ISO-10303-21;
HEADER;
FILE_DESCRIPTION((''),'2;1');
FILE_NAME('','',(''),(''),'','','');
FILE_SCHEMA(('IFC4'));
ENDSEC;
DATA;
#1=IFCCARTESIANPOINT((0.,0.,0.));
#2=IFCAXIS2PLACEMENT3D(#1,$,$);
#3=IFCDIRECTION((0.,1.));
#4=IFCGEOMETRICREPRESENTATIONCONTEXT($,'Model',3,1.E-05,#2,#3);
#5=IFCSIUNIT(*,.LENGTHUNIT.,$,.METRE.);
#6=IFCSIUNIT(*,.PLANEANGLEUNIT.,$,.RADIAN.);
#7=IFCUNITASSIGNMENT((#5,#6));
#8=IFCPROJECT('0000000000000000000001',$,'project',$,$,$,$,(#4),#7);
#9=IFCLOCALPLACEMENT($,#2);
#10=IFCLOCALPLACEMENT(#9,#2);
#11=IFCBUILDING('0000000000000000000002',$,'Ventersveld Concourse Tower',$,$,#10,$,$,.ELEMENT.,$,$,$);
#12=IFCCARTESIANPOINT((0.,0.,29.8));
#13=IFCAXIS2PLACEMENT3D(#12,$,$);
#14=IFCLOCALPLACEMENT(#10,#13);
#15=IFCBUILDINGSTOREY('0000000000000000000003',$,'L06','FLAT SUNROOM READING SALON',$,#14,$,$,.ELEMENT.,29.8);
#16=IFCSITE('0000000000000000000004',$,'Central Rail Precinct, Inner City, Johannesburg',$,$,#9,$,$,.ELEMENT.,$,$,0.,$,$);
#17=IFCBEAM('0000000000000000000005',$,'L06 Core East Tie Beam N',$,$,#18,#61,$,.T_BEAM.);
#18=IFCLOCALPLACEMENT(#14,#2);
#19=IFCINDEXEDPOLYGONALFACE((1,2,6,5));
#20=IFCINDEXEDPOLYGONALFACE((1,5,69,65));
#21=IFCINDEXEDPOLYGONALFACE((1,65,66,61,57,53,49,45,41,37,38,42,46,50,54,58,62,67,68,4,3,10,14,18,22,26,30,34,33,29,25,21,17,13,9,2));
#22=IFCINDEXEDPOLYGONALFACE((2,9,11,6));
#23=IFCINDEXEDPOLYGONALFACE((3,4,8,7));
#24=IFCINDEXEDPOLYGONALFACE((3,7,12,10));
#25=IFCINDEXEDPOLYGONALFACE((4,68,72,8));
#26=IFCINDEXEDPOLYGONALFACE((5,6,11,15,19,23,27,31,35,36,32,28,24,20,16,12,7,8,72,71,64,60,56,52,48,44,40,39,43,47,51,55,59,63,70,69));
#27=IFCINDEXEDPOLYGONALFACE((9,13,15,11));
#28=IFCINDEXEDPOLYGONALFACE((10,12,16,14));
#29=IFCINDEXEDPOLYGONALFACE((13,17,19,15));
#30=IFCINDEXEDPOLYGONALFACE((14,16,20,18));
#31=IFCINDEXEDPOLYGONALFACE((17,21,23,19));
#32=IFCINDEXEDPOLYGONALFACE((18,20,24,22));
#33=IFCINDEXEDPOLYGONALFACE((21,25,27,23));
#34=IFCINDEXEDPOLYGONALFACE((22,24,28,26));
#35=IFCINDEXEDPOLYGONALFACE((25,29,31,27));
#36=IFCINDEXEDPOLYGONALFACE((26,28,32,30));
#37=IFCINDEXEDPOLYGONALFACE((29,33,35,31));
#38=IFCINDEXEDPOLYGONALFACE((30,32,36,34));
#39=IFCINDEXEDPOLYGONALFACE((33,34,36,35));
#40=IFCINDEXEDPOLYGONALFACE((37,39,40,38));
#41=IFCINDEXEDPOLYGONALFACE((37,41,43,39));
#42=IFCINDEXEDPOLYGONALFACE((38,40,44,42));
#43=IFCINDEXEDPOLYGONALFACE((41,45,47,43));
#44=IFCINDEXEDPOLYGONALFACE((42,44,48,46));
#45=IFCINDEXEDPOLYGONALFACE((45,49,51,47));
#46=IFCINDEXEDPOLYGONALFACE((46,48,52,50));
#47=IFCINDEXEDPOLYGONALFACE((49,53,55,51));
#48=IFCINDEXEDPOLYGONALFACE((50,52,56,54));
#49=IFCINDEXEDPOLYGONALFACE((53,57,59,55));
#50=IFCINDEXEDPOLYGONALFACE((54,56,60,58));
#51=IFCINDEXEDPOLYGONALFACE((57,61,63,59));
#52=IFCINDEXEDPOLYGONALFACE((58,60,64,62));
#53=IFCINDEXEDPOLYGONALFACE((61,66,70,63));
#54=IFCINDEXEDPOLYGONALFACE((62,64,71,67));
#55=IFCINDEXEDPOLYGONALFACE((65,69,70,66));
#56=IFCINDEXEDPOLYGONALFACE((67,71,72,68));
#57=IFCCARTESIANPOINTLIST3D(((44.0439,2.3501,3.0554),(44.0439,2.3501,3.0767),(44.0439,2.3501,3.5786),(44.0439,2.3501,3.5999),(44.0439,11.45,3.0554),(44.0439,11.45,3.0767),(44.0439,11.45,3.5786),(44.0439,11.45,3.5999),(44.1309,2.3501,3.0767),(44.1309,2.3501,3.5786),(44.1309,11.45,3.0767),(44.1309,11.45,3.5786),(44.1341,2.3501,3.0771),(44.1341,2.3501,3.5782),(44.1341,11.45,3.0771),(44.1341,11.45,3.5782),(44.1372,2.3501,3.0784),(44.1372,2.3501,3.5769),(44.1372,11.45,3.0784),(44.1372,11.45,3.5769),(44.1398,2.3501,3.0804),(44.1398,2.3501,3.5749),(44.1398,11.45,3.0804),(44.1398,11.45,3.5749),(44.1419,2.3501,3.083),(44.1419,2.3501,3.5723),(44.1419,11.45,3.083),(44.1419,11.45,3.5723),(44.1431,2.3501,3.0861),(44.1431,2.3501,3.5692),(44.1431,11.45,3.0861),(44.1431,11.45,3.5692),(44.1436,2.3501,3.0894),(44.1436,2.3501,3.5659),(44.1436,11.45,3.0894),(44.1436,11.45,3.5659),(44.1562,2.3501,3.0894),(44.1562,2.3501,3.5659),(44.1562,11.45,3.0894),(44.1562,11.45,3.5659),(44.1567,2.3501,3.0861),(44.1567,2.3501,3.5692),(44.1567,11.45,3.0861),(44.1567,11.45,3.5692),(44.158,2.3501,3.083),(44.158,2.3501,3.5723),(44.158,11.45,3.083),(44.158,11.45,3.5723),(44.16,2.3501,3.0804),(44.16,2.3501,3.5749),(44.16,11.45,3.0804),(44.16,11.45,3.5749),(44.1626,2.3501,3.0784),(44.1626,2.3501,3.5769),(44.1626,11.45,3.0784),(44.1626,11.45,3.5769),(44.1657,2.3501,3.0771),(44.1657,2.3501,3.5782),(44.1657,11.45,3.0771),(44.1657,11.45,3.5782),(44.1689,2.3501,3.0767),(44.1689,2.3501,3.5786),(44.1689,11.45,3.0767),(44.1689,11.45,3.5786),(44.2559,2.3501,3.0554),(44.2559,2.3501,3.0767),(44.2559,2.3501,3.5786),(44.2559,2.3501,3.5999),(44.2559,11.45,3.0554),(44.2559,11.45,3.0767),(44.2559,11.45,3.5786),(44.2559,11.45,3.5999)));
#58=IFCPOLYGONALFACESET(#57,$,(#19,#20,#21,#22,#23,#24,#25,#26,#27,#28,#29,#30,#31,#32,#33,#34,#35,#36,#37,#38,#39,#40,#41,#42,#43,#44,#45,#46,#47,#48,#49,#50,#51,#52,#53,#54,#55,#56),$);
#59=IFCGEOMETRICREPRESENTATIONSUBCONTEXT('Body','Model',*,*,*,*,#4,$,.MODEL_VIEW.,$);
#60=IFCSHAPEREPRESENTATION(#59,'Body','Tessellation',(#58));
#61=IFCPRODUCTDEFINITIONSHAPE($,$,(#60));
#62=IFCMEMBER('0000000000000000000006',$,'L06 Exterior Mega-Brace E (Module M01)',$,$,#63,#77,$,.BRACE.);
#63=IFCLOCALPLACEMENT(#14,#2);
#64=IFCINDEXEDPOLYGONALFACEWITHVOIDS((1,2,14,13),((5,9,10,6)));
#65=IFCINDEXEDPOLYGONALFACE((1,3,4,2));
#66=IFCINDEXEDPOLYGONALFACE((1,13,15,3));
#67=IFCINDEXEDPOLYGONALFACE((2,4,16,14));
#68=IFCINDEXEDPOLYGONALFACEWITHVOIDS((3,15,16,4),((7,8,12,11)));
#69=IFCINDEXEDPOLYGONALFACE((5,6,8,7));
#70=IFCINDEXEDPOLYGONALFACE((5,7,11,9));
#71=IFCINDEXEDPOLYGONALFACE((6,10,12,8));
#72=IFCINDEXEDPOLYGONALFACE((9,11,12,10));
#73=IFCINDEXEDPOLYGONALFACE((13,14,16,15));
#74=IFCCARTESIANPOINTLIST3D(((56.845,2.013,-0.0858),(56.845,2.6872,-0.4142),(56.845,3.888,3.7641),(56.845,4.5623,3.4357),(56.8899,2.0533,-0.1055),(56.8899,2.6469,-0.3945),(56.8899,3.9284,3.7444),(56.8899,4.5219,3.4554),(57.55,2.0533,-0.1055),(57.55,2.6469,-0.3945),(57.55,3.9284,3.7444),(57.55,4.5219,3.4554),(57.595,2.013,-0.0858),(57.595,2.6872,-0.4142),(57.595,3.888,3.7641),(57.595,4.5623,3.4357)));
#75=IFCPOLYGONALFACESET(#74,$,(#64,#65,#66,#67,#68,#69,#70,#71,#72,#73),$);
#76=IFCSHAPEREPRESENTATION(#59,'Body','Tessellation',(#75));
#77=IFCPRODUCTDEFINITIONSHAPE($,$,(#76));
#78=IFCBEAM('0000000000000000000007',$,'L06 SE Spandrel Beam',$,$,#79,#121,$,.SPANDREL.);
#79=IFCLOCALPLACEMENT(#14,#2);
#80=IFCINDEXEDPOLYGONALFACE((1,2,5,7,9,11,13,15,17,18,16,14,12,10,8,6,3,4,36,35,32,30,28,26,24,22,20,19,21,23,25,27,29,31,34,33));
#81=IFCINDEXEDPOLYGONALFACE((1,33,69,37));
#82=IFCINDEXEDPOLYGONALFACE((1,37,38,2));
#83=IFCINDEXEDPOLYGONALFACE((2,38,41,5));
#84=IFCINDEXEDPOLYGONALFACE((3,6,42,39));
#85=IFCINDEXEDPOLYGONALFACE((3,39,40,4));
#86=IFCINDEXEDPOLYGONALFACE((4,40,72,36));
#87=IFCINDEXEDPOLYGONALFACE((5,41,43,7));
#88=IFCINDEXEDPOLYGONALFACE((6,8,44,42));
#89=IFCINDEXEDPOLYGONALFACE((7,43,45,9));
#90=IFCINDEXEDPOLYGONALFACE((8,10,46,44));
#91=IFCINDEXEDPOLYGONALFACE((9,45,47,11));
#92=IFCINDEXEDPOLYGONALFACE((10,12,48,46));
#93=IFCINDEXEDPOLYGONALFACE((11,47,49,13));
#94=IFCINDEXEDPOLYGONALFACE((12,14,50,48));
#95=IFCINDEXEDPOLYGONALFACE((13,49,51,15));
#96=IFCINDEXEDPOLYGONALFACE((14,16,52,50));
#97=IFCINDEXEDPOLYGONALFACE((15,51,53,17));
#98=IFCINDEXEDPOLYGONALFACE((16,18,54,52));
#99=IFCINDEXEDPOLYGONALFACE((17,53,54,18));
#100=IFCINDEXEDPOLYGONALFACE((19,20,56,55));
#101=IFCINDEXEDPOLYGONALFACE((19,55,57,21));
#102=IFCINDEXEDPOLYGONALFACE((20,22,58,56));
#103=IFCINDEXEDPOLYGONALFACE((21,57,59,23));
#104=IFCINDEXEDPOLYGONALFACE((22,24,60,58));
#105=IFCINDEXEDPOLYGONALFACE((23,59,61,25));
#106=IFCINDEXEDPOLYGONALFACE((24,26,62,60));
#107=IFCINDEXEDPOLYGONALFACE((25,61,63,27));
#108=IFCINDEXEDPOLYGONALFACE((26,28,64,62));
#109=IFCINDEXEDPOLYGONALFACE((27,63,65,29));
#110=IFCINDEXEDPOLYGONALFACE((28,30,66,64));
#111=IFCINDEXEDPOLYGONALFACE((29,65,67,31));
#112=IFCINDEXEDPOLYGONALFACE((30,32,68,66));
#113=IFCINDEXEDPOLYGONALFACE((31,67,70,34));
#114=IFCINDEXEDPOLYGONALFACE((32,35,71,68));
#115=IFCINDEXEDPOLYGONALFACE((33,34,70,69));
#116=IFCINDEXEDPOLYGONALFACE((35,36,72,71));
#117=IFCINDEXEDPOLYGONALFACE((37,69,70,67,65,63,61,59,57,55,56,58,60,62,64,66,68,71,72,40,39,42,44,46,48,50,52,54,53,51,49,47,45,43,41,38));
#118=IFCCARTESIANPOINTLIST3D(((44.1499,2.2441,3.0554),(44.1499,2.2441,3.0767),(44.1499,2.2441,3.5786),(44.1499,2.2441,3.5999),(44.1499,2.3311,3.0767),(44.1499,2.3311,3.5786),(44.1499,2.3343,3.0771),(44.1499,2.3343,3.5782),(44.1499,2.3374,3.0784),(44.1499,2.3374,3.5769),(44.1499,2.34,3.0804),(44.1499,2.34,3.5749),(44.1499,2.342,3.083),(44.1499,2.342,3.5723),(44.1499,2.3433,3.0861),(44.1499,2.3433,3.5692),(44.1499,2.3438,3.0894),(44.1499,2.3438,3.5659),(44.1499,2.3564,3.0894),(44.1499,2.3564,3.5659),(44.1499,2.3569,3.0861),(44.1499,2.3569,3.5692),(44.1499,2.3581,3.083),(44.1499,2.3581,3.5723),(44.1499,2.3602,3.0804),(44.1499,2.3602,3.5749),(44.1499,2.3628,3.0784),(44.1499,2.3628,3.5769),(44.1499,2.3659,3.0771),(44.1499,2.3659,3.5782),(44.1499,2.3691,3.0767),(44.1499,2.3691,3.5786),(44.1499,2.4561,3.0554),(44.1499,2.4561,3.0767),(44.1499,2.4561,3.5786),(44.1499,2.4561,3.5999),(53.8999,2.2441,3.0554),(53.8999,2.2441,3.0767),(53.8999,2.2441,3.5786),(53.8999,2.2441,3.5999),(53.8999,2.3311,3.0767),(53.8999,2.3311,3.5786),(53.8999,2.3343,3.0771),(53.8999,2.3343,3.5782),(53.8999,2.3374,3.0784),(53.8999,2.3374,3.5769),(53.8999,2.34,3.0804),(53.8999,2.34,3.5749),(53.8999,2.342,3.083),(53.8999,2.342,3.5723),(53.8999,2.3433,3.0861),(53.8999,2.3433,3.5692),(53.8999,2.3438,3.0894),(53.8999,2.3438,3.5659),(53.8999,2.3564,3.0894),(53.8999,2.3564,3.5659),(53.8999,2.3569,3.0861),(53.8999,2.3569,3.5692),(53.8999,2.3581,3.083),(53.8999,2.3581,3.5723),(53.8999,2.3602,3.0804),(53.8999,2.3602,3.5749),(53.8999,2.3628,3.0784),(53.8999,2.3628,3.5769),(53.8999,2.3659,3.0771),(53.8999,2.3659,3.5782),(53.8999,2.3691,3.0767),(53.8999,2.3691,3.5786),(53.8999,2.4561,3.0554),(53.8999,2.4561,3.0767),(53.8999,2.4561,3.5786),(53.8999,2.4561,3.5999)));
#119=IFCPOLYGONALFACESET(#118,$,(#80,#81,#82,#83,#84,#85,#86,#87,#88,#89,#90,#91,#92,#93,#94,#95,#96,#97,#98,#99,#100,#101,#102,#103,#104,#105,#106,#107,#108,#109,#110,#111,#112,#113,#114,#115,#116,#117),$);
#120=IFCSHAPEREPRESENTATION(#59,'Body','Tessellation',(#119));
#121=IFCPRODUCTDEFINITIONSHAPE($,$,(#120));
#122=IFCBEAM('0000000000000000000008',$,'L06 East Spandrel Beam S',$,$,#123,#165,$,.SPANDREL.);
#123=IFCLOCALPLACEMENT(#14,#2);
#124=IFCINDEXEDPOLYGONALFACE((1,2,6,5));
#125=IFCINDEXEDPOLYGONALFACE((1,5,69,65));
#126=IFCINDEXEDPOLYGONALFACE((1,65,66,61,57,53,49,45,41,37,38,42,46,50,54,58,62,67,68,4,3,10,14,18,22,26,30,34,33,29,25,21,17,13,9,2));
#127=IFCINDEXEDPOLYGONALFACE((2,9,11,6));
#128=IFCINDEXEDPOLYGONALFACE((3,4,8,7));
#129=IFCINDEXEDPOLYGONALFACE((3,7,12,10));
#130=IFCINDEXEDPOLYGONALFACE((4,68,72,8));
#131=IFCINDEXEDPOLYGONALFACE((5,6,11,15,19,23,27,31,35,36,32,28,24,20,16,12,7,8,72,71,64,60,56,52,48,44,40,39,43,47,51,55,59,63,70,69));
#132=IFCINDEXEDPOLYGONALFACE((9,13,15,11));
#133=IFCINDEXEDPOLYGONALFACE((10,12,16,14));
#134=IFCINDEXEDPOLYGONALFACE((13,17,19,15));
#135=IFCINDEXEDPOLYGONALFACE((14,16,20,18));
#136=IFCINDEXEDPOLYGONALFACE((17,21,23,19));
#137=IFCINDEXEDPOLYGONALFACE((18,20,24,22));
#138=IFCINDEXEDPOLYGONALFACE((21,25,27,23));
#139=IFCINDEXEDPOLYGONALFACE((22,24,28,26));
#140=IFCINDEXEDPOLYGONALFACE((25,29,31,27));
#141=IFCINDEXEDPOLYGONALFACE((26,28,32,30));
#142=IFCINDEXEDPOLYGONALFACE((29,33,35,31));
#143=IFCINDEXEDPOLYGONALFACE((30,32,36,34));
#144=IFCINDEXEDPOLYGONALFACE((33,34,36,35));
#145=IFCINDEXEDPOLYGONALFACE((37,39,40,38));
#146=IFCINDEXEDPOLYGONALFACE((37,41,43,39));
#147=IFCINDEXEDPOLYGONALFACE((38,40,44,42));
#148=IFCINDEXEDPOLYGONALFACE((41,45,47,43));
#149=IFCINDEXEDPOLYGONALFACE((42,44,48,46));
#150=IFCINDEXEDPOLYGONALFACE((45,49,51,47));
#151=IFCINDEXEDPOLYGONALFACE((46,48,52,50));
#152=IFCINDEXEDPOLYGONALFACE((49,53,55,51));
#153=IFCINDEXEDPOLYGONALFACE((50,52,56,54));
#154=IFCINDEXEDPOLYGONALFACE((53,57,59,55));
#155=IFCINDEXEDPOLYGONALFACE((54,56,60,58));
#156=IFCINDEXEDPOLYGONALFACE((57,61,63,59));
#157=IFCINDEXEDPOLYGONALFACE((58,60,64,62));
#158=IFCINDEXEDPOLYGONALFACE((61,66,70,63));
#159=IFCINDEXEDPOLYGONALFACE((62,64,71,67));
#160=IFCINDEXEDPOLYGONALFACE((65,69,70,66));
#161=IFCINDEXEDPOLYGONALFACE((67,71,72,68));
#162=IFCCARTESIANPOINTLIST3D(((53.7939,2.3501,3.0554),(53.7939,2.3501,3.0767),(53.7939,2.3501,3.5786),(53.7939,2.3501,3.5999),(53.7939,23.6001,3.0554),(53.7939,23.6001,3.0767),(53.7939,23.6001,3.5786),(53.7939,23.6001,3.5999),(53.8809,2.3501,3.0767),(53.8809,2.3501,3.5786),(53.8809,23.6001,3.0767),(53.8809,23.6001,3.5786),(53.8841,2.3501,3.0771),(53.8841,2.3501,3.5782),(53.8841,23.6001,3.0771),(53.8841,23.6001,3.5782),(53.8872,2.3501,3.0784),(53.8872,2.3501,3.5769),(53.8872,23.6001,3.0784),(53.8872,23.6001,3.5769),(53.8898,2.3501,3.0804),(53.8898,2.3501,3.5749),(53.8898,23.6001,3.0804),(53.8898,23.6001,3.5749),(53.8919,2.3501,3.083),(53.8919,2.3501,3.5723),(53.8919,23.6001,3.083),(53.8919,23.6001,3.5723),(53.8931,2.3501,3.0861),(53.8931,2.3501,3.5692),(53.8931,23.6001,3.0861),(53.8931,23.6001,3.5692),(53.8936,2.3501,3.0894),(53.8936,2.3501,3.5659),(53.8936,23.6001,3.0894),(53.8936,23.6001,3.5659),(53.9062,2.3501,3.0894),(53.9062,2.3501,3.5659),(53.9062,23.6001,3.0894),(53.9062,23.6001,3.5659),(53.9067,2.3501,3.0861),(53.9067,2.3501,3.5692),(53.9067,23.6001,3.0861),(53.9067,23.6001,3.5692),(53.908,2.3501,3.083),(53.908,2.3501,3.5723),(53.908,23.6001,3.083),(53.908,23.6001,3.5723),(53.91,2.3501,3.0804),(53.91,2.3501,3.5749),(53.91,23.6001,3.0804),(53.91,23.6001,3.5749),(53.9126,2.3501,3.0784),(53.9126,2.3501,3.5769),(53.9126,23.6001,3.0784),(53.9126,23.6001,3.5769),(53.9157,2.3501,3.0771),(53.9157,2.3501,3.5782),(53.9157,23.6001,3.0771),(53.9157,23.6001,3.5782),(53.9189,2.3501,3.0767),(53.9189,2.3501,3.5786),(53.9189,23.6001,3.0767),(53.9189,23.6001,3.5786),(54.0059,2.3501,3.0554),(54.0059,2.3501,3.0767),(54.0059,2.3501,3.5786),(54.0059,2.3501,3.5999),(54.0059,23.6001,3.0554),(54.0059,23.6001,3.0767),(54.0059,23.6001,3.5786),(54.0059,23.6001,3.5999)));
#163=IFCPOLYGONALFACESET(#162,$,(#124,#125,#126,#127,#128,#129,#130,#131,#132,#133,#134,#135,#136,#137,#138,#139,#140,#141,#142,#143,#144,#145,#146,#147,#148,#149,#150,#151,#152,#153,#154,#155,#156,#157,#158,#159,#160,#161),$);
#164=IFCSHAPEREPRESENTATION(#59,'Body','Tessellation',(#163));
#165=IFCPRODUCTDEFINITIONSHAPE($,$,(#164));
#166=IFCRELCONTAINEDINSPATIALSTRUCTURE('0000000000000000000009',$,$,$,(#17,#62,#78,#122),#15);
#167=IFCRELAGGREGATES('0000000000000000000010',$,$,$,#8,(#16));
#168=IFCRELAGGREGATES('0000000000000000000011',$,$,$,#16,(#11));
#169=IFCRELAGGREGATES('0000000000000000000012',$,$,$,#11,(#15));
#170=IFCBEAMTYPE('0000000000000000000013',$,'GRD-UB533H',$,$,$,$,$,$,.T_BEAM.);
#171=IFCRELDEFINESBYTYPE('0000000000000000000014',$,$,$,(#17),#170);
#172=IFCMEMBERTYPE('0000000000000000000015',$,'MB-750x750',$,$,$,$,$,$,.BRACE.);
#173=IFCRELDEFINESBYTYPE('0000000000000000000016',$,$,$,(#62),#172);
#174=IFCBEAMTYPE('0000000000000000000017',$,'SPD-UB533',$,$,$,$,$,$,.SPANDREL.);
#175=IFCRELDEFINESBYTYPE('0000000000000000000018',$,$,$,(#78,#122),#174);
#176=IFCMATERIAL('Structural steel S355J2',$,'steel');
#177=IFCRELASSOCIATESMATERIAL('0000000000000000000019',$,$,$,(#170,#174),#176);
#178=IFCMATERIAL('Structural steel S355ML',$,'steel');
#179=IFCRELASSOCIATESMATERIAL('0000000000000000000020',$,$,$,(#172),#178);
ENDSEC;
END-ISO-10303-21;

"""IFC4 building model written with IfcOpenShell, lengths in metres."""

from ifc_helpers import new_model, si_unit, direction, frame, origin, origin_2d, place, context, subcontext, project, spatial, hollow_rectangle, i_section, extrude, material, material_profile, profile_set, type_object, element, save


model = new_model("IFC4")

# Units and contexts
model_context = context("Model", 3, precision=1e-05, world=origin(), true_north=direction((0.0, 1.0)))
body_context = subcontext(model_context, "Body", "Model", "MODEL_VIEW")
ifc_project = project(units=[si_unit("LENGTHUNIT", "METRE"), si_unit("PLANEANGLEUNIT", "RADIAN")], contexts=[model_context])

# Site, building, storey
site_placement = place(None, origin())
site = spatial("IfcSite", under=ifc_project, at=site_placement, Name="Central Rail Precinct, Inner City, Johannesburg", CompositionType="ELEMENT", RefElevation=0.0)
building_placement = place(site_placement, origin())
building = spatial("IfcBuilding", under=site, at=building_placement, Name="Ventersveld Concourse Tower", CompositionType="ELEMENT")
storey_placement = place(building_placement, frame((0.0, 0.0, 29.8)))
storey = spatial("IfcBuildingStorey", under=building, at=storey_placement, Name="L06", Description="FLAT SUNROOM READING SALON", CompositionType="ELEMENT", Elevation=29.8)

# Beam
ifc_material_1 = material(Name="Structural steel S355J2", Category="steel")
ifc_material_profile_1 = material_profile(ifc_material_1, i_section(OverallWidth=0.2119, OverallDepth=0.5444, WebThickness=0.0127, FlangeThickness=0.0212, FilletRadius=0.0127, at=origin_2d()), Name="UB 533x210x122")
ifc_profile_set_1 = profile_set([ifc_material_profile_1], Name="Structural steel S355J2")
beam_type_1 = type_object("IfcBeamType", Name="GRD-UB533H", PredefinedType="T_BEAM", material=ifc_profile_set_1)
beam_1_placement = place(storey_placement, frame((44.1499, 2.3501, 3.3276), z_axis=(0.0, 1.0, 0.0), x_axis=(-1.0, 0.0, 0.0)))
element("IfcBeam", 1, at=beam_1_placement, inside=storey, type_object=beam_type_1, Name="L06 Core East Tie Beam N", PredefinedType="T_BEAM", context=body_context, shape_type="SweptSolid", body=[
    extrude(i_section(OverallWidth=0.2119, OverallDepth=0.5444, WebThickness=0.0127, FlangeThickness=0.0212, FilletRadius=0.0127, at=origin_2d()), origin(), (0.0, 0.0, 1.0), 9.0999),
])

# Member
ifc_material_2 = material(Name="Structural steel S355ML", Category="steel")
ifc_material_profile_2 = material_profile(ifc_material_2, hollow_rectangle(XDim=0.75, YDim=0.75, WallThickness=0.0449, at=origin_2d()), Name="BOX 750x750x45")
ifc_profile_set_2 = profile_set([ifc_material_profile_2], Name="Structural steel S355ML")
member_type = type_object("IfcMemberType", Name="MB-750x750", PredefinedType="BRACE", material=ifc_profile_set_2)
member_placement = place(storey_placement, frame((57.22, 2.3501, -0.25), z_axis=(0.0, 0.437862, 0.899042), x_axis=(-1.0, 0.0, 0.0)))
element("IfcMember", 2, at=member_placement, inside=storey, type_object=member_type, Name="L06 Exterior Mega-Brace E (Module M01)", PredefinedType="BRACE", context=body_context, shape_type="SweptSolid", body=[
    extrude(hollow_rectangle(XDim=0.75, YDim=0.75, WallThickness=0.0449, at=origin_2d()), origin(), (0.0, 0.0, 1.0), 4.2822),
])

# Beams
ifc_material_profile_3 = material_profile(ifc_material_1, i_section(OverallWidth=0.2119, OverallDepth=0.5444, WebThickness=0.0127, FlangeThickness=0.0212, FilletRadius=0.0127, at=origin_2d()), Name="UB 533x210x122")
ifc_profile_set_3 = profile_set([ifc_material_profile_3], Name="Structural steel S355J2")
beam_type_2 = type_object("IfcBeamType", Name="SPD-UB533", PredefinedType="SPANDREL", material=ifc_profile_set_3)
beam_2_placement = place(storey_placement, frame((44.1499, 2.3501, 3.3276), z_axis=(1.0, 0.0, 0.0), x_axis=(0.0, 1.0, 0.0)))
element("IfcBeam", 3, at=beam_2_placement, inside=storey, type_object=beam_type_2, Name="L06 SE Spandrel Beam", PredefinedType="SPANDREL", context=body_context, shape_type="SweptSolid", body=[
    extrude(i_section(OverallWidth=0.2119, OverallDepth=0.5444, WebThickness=0.0127, FlangeThickness=0.0212, FilletRadius=0.0127, at=origin_2d()), origin(), (0.0, 0.0, 1.0), 9.75),
])
beam_3_placement = place(storey_placement, frame((53.8999, 2.3501, 3.3276), z_axis=(0.0, 1.0, 0.0), x_axis=(-1.0, 0.0, 0.0)))
element("IfcBeam", 4, at=beam_3_placement, inside=storey, type_object=beam_type_2, Name="L06 East Spandrel Beam S", PredefinedType="SPANDREL", context=body_context, shape_type="SweptSolid", body=[
    extrude(i_section(OverallWidth=0.2119, OverallDepth=0.5444, WebThickness=0.0127, FlangeThickness=0.0212, FilletRadius=0.0127, at=origin_2d()), origin(), (0.0, 0.0, 1.0), 21.25),
])

save(model, "model.ifc")
